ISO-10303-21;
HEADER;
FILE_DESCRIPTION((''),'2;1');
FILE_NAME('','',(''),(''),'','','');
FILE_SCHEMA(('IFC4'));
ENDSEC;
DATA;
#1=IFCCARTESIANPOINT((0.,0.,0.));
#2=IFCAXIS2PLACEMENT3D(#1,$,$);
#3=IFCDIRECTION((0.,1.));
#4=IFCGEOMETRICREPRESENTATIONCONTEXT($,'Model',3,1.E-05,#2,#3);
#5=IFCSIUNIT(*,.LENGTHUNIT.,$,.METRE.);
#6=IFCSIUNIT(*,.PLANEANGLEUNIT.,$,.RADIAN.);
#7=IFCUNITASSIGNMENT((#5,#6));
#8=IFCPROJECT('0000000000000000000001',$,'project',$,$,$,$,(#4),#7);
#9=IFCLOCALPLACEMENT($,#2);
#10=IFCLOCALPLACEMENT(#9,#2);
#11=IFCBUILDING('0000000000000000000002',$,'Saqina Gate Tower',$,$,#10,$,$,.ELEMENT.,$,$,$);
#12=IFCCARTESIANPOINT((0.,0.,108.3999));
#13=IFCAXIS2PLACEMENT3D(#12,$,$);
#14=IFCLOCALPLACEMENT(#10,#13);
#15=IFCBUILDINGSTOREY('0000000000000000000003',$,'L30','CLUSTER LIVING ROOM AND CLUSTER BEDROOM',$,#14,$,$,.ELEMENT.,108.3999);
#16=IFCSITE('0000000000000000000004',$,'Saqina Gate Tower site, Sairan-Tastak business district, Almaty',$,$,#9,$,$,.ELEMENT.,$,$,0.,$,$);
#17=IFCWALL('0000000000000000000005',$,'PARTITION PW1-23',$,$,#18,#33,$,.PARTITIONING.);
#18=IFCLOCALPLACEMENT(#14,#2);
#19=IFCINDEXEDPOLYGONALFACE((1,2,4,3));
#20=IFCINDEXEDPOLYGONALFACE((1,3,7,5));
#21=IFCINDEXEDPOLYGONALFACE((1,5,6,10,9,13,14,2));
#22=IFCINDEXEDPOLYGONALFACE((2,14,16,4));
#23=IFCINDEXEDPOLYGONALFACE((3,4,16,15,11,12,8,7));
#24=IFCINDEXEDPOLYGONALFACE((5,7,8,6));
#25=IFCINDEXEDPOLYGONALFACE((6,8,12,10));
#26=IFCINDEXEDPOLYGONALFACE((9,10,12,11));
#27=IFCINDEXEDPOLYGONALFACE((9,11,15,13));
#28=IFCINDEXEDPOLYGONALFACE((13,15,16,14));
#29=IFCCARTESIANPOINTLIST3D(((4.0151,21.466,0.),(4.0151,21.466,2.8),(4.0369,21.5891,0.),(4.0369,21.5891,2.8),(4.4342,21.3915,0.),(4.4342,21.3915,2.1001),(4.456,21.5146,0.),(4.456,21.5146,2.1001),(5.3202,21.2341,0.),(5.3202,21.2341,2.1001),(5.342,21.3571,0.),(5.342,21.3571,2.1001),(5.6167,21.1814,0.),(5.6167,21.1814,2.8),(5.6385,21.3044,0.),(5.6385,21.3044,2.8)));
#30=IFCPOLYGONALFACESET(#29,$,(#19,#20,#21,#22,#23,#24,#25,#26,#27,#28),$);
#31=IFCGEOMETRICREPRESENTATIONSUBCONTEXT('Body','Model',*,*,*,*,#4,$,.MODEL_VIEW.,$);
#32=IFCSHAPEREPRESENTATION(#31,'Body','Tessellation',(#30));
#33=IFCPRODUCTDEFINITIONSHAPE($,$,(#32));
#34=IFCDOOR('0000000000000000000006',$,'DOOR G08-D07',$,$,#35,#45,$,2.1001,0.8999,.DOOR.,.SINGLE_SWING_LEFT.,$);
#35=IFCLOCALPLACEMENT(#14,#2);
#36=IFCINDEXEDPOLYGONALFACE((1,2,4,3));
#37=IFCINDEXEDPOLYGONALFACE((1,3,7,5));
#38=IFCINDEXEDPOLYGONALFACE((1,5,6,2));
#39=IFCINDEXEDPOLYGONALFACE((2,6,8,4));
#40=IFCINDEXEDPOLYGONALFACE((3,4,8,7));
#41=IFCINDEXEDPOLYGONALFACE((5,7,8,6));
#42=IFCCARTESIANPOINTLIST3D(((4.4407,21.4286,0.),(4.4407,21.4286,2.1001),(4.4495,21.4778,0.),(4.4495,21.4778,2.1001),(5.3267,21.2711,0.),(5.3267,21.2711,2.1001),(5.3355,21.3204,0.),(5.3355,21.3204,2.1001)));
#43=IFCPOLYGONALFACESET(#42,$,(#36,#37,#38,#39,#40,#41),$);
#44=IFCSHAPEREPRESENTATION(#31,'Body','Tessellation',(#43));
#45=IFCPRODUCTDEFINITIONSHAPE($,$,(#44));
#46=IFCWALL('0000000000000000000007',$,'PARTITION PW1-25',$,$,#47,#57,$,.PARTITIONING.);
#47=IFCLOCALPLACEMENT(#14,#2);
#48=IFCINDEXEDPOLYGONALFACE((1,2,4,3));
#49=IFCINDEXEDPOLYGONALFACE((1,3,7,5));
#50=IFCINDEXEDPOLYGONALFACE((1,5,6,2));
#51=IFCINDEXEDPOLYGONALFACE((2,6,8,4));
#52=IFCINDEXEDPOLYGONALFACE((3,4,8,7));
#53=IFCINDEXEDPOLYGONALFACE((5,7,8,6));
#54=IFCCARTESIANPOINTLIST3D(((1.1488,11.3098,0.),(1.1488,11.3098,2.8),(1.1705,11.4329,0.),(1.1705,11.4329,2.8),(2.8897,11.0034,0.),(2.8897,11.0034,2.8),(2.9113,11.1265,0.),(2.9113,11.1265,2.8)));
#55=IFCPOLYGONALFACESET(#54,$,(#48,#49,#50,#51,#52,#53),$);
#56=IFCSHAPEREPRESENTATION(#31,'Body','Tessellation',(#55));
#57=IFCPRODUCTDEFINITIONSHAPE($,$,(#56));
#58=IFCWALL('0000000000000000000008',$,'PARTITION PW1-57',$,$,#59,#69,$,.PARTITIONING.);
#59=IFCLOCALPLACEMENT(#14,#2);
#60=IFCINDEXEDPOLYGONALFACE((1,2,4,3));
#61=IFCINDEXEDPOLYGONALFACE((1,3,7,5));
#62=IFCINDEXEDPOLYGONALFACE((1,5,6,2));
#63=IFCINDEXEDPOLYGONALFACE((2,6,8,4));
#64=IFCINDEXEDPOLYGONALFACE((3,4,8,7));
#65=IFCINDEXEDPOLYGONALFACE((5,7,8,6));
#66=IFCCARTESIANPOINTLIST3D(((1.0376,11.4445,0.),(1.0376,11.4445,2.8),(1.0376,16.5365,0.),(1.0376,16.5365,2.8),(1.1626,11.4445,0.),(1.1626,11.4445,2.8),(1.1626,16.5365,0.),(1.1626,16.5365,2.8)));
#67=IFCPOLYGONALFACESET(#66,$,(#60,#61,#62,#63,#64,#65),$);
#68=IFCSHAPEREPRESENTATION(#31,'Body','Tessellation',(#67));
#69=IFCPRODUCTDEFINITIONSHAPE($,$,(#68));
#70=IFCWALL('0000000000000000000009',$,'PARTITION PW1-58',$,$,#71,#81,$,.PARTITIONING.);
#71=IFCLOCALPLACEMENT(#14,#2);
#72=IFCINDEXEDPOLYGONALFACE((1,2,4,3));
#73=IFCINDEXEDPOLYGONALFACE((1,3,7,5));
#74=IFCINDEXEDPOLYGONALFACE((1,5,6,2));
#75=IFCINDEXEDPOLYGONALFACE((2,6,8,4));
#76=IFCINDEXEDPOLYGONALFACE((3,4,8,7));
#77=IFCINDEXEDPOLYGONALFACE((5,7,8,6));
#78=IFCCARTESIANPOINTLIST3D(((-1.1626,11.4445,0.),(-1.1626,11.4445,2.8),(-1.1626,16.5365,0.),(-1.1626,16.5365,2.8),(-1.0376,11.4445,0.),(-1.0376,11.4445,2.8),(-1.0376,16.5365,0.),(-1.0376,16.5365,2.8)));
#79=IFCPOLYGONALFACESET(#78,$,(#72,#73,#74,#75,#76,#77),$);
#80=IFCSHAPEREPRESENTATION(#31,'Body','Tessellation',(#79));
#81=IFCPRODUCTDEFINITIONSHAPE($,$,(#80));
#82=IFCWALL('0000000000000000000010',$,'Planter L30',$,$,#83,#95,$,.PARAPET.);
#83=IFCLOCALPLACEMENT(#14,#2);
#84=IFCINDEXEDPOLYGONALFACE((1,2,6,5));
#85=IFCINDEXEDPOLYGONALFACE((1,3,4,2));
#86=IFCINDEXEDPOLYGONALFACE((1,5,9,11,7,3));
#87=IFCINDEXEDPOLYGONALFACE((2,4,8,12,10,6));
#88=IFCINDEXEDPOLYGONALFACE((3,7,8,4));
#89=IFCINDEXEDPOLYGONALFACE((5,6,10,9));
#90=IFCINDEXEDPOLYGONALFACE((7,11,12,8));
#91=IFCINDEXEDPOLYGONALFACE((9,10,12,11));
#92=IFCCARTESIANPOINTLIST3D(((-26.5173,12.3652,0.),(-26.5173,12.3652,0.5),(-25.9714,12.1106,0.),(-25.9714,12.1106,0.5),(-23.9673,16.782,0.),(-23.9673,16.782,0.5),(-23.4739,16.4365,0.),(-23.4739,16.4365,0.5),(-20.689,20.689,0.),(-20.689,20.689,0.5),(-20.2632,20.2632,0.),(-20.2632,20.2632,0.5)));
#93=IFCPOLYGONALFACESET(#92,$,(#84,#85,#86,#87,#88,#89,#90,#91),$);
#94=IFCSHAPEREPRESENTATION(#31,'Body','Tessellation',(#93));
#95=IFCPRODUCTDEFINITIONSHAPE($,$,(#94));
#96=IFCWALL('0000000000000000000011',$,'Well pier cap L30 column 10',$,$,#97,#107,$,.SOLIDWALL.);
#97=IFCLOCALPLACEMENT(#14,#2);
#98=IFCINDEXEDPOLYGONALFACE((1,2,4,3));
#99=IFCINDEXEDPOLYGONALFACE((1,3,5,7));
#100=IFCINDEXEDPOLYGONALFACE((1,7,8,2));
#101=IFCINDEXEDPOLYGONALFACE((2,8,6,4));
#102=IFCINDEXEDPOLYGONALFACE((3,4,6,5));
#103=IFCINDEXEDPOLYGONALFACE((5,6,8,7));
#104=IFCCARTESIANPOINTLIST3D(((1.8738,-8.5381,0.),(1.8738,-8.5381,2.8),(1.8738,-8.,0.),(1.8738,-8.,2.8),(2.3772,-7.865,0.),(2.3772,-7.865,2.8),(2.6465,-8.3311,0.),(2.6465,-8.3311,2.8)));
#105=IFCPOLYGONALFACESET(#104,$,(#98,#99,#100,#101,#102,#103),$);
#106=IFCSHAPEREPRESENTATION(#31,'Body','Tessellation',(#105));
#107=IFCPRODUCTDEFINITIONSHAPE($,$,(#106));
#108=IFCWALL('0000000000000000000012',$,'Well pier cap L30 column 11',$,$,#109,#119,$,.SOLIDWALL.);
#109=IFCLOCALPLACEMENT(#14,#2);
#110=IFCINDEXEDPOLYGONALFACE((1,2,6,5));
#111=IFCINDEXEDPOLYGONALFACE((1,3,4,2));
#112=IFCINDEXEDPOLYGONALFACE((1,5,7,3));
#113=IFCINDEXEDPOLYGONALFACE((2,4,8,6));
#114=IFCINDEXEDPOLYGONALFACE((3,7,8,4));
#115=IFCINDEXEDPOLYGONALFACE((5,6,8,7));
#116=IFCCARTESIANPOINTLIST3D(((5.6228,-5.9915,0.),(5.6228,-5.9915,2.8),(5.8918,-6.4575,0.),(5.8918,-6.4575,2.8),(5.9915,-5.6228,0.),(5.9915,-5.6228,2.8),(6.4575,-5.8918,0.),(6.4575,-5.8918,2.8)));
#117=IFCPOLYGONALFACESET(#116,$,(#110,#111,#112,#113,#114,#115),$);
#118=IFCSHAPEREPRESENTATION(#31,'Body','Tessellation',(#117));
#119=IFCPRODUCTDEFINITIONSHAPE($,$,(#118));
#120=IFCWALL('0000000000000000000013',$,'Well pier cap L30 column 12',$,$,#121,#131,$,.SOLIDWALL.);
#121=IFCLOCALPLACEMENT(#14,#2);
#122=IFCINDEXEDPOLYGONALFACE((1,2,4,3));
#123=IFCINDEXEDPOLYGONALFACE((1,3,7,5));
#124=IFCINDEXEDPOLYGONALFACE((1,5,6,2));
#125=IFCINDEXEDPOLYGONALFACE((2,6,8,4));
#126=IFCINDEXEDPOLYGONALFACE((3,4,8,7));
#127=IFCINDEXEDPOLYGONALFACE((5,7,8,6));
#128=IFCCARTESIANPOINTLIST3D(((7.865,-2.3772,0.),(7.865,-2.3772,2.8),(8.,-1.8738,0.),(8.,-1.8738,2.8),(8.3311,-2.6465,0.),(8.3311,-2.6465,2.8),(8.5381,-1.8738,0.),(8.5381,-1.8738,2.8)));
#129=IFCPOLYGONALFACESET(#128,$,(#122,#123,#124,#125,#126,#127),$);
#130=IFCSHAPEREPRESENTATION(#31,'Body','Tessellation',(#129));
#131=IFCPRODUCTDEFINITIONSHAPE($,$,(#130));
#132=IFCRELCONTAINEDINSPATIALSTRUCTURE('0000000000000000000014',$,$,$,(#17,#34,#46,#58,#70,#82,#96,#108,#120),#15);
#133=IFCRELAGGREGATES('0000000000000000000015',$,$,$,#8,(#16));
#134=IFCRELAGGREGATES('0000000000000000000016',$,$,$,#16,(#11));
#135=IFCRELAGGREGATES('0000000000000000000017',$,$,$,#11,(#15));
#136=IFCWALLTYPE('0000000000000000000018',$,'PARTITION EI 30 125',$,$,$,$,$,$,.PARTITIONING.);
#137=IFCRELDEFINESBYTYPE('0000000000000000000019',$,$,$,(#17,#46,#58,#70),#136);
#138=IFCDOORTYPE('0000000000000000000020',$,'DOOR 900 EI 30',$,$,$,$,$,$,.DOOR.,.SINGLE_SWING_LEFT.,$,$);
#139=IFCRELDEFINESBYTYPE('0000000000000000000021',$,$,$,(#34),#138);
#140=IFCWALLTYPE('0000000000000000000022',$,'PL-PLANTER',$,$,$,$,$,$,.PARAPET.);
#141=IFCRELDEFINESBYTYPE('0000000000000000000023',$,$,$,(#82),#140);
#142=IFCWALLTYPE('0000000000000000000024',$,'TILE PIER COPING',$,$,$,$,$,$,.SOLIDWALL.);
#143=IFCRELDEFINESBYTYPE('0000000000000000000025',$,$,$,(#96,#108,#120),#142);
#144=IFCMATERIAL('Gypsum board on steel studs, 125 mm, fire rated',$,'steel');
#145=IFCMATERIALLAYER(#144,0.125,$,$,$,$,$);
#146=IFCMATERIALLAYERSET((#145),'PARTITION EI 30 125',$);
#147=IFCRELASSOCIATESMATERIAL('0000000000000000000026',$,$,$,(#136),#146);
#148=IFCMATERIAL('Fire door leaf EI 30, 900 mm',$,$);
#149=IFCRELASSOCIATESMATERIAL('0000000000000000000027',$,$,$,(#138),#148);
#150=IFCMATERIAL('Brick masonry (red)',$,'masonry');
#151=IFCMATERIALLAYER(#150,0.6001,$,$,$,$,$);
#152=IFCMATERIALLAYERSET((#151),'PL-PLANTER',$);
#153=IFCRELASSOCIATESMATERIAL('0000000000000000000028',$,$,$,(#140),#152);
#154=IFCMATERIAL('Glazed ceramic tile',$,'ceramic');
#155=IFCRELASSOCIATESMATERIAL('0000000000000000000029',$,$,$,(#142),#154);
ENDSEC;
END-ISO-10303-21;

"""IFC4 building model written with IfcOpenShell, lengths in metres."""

from ifc_helpers import new_model, si_unit, direction, frame, frame_2d, origin, place, context, subcontext, project, spatial, polyline, rectangle, outline, extrude, material, layer, layer_set, type_object, element, fill, save


model = new_model("IFC4")

# Units and contexts
model_context = context("Model", 3, precision=1e-05, world=origin(), true_north=direction((0.0, 1.0)))
body_context = subcontext(model_context, "Body", "Model", "MODEL_VIEW")
ifc_project = project(units=[si_unit("LENGTHUNIT", "METRE"), si_unit("PLANEANGLEUNIT", "RADIAN")], contexts=[model_context])

# Site, building, storey
site_placement = place(None, origin())
site = spatial("IfcSite", under=ifc_project, at=site_placement, Name="Saqina Gate Tower site, Sairan-Tastak business district, Almaty", CompositionType="ELEMENT", RefElevation=0.0)
building_placement = place(site_placement, origin())
building = spatial("IfcBuilding", under=site, at=building_placement, Name="Saqina Gate Tower", CompositionType="ELEMENT")
storey_placement = place(building_placement, frame((0.0, 0.0, 108.3999)))
storey = spatial("IfcBuildingStorey", under=building, at=storey_placement, Name="L30", Description="CLUSTER LIVING ROOM AND CLUSTER BEDROOM", CompositionType="ELEMENT", Elevation=108.3999)

# Shared definitions
ifc_material_1 = material(Name="Gypsum board on steel studs, 125 mm, fire rated", Category="steel")
ifc_layer_1 = layer(ifc_material_1, 0.125)
ifc_layer_set_1 = layer_set([ifc_layer_1], Name="PARTITION EI 30 125")
wall_type_1 = type_object("IfcWallType", Name="PARTITION EI 30 125", PredefinedType="PARTITIONING", material=ifc_layer_set_1)

# Wall, opening, door
ifc_material_2 = material(Name="Fire door leaf EI 30, 900 mm")
door_type_1 = type_object("IfcDoorType", Name="DOOR 900 EI 30", OperationType="SINGLE_SWING_LEFT", PredefinedType="DOOR", material=ifc_material_2)
wall_1_placement = place(storey_placement, frame((4.0259, 21.5276, 0.0), z_axis=(0.0, 0.0, 1.0), x_axis=(0.984568, -0.175001, 0.0)))
wall_1 = element("IfcWall", 1, at=wall_1_placement, inside=storey, type_object=wall_type_1, Name="PARTITION PW1-23", PredefinedType="PARTITIONING", context=body_context, shape_type="SweptSolid", body=[
    extrude(rectangle(XDim=1.6267, YDim=0.125, at=frame_2d((0.8135, 0.0))), origin(), (0.0, 0.0, 1.0), 2.8),
])
opening_1_placement = place(wall_1_placement, frame((0.4258, 0.0, 0.0)))
opening_1 = element("IfcOpeningElement", 2, at=opening_1_placement, cuts=wall_1, PredefinedType="OPENING", context=body_context, shape_type="SweptSolid", body=[
    extrude(rectangle(XDim=0.8999, YDim=2.1001, at=frame_2d((0.45, 1.05))), frame((0.0, 0.0745, 0.0), z_axis=(0.0, -1.0, 0.0), x_axis=(1.0, 0.0, 0.0)), (0.0, 0.0, 1.0), 0.1489),
])
door_1_placement = place(opening_1_placement, frame((0.8999, 0.0, 0.0), z_axis=(0.0, 0.0, 1.0), x_axis=(-1.0, 0.0, 0.0)))
door_1 = element("IfcDoor", 3, at=door_1_placement, inside=storey, type_object=door_type_1, Name="DOOR G08-D07", OperationType="SINGLE_SWING_LEFT", OverallHeight=2.1001, OverallWidth=0.8999, PredefinedType="DOOR", context=body_context, shape_type="SweptSolid", body=[
    extrude(rectangle(XDim=0.8999, YDim=2.1001, at=frame_2d((0.45, 1.05))), frame((0.0, 0.0249, 0.0), z_axis=(0.0, -1.0, 0.0), x_axis=(1.0, 0.0, 0.0)), (0.0, 0.0, 1.0), 0.05),
])
fill(opening_1, door_1)

# Walls
wall_2_placement = place(storey_placement, frame((1.1597, 11.3713, 0.0), z_axis=(0.0, 0.0, 1.0), x_axis=(0.98486, -0.173352, 0.0)))
element("IfcWall", 4, at=wall_2_placement, inside=storey, type_object=wall_type_1, Name="PARTITION PW1-25", PredefinedType="PARTITIONING", context=body_context, shape_type="SweptSolid", body=[
    extrude(rectangle(XDim=1.7676, YDim=0.125, at=frame_2d((0.8838, 0.0))), origin(), (0.0, 0.0, 1.0), 2.8),
])
for number, where, z_axis, x_axis, name in (
    (5, (1.1001, 11.4446, 0.0), (0.0, 0.0, 1.0), (0.0, 1.0, 0.0), "PARTITION PW1-57"),
    (6, (-1.1001, 11.4446, 0.0), (0.0, 0.0, 1.0), (0.0, 1.0, 0.0), "PARTITION PW1-58"),
):
    element("IfcWall", number, at=place(storey_placement, frame(where, z_axis=z_axis, x_axis=x_axis)), inside=storey, type_object=wall_type_1, Name=name, PredefinedType="PARTITIONING", context=body_context, shape_type="SweptSolid", body=[
        extrude(rectangle(XDim=5.092, YDim=0.125, at=frame_2d((2.5459, 0.0))), origin(), (0.0, 0.0, 1.0), 2.8),
    ])
ifc_material_3 = material(Name="Brick masonry (red)", Category="masonry")
ifc_layer_2 = layer(ifc_material_3, 0.6001)
ifc_layer_set_2 = layer_set([ifc_layer_2], Name="PL-PLANTER")
wall_type_2 = type_object("IfcWallType", Name="PL-PLANTER", PredefinedType="PARAPET", material=ifc_layer_set_2)
wall_3_placement = place(storey_placement, origin())
element("IfcWall", 7, at=wall_3_placement, inside=storey, type_object=wall_type_2, Name="Planter L30", PredefinedType="PARAPET", context=body_context, shape_type="SweptSolid", body=[
    extrude(outline(polyline([(-20.689, 20.689), (-23.9673, 16.782), (-26.5173, 12.3652), (-25.9714, 12.1106), (-23.4739, 16.4365), (-20.2632, 20.2632), (-20.689, 20.689)])), origin(), (0.0, 0.0, 1.0), 0.5),
])
ifc_material_4 = material(Name="Glazed ceramic tile", Category="ceramic")
wall_type_3 = type_object("IfcWallType", Name="TILE PIER COPING", PredefinedType="SOLIDWALL", material=ifc_material_4)
wall_4_placement = place(storey_placement, origin())
element("IfcWall", 8, at=wall_4_placement, inside=storey, type_object=wall_type_3, Name="Well pier cap L30 column 10", PredefinedType="SOLIDWALL", context=body_context, shape_type="SweptSolid", body=[
    extrude(outline(polyline([(2.6465, -8.3311), (2.3772, -7.865), (1.8738, -8.0), (1.8738, -8.5381), (2.6465, -8.3311)])), origin(), (0.0, 0.0, 1.0), 2.8),
])
wall_5_placement = place(storey_placement, origin())
element("IfcWall", 9, at=wall_5_placement, inside=storey, type_object=wall_type_3, Name="Well pier cap L30 column 11", PredefinedType="SOLIDWALL", context=body_context, shape_type="SweptSolid", body=[
    extrude(outline(polyline([(5.8918, -6.4575), (6.4575, -5.8918), (5.9915, -5.6228), (5.6228, -5.9915), (5.8918, -6.4575)])), origin(), (0.0, 0.0, 1.0), 2.8),
])
wall_6_placement = place(storey_placement, origin())
element("IfcWall", 10, at=wall_6_placement, inside=storey, type_object=wall_type_3, Name="Well pier cap L30 column 12", PredefinedType="SOLIDWALL", context=body_context, shape_type="SweptSolid", body=[
    extrude(outline(polyline([(8.5381, -1.8738), (8.0, -1.8738), (7.865, -2.3772), (8.3311, -2.6465), (8.5381, -1.8738)])), origin(), (0.0, 0.0, 1.0), 2.8),
])

save(model, "model.ifc")
